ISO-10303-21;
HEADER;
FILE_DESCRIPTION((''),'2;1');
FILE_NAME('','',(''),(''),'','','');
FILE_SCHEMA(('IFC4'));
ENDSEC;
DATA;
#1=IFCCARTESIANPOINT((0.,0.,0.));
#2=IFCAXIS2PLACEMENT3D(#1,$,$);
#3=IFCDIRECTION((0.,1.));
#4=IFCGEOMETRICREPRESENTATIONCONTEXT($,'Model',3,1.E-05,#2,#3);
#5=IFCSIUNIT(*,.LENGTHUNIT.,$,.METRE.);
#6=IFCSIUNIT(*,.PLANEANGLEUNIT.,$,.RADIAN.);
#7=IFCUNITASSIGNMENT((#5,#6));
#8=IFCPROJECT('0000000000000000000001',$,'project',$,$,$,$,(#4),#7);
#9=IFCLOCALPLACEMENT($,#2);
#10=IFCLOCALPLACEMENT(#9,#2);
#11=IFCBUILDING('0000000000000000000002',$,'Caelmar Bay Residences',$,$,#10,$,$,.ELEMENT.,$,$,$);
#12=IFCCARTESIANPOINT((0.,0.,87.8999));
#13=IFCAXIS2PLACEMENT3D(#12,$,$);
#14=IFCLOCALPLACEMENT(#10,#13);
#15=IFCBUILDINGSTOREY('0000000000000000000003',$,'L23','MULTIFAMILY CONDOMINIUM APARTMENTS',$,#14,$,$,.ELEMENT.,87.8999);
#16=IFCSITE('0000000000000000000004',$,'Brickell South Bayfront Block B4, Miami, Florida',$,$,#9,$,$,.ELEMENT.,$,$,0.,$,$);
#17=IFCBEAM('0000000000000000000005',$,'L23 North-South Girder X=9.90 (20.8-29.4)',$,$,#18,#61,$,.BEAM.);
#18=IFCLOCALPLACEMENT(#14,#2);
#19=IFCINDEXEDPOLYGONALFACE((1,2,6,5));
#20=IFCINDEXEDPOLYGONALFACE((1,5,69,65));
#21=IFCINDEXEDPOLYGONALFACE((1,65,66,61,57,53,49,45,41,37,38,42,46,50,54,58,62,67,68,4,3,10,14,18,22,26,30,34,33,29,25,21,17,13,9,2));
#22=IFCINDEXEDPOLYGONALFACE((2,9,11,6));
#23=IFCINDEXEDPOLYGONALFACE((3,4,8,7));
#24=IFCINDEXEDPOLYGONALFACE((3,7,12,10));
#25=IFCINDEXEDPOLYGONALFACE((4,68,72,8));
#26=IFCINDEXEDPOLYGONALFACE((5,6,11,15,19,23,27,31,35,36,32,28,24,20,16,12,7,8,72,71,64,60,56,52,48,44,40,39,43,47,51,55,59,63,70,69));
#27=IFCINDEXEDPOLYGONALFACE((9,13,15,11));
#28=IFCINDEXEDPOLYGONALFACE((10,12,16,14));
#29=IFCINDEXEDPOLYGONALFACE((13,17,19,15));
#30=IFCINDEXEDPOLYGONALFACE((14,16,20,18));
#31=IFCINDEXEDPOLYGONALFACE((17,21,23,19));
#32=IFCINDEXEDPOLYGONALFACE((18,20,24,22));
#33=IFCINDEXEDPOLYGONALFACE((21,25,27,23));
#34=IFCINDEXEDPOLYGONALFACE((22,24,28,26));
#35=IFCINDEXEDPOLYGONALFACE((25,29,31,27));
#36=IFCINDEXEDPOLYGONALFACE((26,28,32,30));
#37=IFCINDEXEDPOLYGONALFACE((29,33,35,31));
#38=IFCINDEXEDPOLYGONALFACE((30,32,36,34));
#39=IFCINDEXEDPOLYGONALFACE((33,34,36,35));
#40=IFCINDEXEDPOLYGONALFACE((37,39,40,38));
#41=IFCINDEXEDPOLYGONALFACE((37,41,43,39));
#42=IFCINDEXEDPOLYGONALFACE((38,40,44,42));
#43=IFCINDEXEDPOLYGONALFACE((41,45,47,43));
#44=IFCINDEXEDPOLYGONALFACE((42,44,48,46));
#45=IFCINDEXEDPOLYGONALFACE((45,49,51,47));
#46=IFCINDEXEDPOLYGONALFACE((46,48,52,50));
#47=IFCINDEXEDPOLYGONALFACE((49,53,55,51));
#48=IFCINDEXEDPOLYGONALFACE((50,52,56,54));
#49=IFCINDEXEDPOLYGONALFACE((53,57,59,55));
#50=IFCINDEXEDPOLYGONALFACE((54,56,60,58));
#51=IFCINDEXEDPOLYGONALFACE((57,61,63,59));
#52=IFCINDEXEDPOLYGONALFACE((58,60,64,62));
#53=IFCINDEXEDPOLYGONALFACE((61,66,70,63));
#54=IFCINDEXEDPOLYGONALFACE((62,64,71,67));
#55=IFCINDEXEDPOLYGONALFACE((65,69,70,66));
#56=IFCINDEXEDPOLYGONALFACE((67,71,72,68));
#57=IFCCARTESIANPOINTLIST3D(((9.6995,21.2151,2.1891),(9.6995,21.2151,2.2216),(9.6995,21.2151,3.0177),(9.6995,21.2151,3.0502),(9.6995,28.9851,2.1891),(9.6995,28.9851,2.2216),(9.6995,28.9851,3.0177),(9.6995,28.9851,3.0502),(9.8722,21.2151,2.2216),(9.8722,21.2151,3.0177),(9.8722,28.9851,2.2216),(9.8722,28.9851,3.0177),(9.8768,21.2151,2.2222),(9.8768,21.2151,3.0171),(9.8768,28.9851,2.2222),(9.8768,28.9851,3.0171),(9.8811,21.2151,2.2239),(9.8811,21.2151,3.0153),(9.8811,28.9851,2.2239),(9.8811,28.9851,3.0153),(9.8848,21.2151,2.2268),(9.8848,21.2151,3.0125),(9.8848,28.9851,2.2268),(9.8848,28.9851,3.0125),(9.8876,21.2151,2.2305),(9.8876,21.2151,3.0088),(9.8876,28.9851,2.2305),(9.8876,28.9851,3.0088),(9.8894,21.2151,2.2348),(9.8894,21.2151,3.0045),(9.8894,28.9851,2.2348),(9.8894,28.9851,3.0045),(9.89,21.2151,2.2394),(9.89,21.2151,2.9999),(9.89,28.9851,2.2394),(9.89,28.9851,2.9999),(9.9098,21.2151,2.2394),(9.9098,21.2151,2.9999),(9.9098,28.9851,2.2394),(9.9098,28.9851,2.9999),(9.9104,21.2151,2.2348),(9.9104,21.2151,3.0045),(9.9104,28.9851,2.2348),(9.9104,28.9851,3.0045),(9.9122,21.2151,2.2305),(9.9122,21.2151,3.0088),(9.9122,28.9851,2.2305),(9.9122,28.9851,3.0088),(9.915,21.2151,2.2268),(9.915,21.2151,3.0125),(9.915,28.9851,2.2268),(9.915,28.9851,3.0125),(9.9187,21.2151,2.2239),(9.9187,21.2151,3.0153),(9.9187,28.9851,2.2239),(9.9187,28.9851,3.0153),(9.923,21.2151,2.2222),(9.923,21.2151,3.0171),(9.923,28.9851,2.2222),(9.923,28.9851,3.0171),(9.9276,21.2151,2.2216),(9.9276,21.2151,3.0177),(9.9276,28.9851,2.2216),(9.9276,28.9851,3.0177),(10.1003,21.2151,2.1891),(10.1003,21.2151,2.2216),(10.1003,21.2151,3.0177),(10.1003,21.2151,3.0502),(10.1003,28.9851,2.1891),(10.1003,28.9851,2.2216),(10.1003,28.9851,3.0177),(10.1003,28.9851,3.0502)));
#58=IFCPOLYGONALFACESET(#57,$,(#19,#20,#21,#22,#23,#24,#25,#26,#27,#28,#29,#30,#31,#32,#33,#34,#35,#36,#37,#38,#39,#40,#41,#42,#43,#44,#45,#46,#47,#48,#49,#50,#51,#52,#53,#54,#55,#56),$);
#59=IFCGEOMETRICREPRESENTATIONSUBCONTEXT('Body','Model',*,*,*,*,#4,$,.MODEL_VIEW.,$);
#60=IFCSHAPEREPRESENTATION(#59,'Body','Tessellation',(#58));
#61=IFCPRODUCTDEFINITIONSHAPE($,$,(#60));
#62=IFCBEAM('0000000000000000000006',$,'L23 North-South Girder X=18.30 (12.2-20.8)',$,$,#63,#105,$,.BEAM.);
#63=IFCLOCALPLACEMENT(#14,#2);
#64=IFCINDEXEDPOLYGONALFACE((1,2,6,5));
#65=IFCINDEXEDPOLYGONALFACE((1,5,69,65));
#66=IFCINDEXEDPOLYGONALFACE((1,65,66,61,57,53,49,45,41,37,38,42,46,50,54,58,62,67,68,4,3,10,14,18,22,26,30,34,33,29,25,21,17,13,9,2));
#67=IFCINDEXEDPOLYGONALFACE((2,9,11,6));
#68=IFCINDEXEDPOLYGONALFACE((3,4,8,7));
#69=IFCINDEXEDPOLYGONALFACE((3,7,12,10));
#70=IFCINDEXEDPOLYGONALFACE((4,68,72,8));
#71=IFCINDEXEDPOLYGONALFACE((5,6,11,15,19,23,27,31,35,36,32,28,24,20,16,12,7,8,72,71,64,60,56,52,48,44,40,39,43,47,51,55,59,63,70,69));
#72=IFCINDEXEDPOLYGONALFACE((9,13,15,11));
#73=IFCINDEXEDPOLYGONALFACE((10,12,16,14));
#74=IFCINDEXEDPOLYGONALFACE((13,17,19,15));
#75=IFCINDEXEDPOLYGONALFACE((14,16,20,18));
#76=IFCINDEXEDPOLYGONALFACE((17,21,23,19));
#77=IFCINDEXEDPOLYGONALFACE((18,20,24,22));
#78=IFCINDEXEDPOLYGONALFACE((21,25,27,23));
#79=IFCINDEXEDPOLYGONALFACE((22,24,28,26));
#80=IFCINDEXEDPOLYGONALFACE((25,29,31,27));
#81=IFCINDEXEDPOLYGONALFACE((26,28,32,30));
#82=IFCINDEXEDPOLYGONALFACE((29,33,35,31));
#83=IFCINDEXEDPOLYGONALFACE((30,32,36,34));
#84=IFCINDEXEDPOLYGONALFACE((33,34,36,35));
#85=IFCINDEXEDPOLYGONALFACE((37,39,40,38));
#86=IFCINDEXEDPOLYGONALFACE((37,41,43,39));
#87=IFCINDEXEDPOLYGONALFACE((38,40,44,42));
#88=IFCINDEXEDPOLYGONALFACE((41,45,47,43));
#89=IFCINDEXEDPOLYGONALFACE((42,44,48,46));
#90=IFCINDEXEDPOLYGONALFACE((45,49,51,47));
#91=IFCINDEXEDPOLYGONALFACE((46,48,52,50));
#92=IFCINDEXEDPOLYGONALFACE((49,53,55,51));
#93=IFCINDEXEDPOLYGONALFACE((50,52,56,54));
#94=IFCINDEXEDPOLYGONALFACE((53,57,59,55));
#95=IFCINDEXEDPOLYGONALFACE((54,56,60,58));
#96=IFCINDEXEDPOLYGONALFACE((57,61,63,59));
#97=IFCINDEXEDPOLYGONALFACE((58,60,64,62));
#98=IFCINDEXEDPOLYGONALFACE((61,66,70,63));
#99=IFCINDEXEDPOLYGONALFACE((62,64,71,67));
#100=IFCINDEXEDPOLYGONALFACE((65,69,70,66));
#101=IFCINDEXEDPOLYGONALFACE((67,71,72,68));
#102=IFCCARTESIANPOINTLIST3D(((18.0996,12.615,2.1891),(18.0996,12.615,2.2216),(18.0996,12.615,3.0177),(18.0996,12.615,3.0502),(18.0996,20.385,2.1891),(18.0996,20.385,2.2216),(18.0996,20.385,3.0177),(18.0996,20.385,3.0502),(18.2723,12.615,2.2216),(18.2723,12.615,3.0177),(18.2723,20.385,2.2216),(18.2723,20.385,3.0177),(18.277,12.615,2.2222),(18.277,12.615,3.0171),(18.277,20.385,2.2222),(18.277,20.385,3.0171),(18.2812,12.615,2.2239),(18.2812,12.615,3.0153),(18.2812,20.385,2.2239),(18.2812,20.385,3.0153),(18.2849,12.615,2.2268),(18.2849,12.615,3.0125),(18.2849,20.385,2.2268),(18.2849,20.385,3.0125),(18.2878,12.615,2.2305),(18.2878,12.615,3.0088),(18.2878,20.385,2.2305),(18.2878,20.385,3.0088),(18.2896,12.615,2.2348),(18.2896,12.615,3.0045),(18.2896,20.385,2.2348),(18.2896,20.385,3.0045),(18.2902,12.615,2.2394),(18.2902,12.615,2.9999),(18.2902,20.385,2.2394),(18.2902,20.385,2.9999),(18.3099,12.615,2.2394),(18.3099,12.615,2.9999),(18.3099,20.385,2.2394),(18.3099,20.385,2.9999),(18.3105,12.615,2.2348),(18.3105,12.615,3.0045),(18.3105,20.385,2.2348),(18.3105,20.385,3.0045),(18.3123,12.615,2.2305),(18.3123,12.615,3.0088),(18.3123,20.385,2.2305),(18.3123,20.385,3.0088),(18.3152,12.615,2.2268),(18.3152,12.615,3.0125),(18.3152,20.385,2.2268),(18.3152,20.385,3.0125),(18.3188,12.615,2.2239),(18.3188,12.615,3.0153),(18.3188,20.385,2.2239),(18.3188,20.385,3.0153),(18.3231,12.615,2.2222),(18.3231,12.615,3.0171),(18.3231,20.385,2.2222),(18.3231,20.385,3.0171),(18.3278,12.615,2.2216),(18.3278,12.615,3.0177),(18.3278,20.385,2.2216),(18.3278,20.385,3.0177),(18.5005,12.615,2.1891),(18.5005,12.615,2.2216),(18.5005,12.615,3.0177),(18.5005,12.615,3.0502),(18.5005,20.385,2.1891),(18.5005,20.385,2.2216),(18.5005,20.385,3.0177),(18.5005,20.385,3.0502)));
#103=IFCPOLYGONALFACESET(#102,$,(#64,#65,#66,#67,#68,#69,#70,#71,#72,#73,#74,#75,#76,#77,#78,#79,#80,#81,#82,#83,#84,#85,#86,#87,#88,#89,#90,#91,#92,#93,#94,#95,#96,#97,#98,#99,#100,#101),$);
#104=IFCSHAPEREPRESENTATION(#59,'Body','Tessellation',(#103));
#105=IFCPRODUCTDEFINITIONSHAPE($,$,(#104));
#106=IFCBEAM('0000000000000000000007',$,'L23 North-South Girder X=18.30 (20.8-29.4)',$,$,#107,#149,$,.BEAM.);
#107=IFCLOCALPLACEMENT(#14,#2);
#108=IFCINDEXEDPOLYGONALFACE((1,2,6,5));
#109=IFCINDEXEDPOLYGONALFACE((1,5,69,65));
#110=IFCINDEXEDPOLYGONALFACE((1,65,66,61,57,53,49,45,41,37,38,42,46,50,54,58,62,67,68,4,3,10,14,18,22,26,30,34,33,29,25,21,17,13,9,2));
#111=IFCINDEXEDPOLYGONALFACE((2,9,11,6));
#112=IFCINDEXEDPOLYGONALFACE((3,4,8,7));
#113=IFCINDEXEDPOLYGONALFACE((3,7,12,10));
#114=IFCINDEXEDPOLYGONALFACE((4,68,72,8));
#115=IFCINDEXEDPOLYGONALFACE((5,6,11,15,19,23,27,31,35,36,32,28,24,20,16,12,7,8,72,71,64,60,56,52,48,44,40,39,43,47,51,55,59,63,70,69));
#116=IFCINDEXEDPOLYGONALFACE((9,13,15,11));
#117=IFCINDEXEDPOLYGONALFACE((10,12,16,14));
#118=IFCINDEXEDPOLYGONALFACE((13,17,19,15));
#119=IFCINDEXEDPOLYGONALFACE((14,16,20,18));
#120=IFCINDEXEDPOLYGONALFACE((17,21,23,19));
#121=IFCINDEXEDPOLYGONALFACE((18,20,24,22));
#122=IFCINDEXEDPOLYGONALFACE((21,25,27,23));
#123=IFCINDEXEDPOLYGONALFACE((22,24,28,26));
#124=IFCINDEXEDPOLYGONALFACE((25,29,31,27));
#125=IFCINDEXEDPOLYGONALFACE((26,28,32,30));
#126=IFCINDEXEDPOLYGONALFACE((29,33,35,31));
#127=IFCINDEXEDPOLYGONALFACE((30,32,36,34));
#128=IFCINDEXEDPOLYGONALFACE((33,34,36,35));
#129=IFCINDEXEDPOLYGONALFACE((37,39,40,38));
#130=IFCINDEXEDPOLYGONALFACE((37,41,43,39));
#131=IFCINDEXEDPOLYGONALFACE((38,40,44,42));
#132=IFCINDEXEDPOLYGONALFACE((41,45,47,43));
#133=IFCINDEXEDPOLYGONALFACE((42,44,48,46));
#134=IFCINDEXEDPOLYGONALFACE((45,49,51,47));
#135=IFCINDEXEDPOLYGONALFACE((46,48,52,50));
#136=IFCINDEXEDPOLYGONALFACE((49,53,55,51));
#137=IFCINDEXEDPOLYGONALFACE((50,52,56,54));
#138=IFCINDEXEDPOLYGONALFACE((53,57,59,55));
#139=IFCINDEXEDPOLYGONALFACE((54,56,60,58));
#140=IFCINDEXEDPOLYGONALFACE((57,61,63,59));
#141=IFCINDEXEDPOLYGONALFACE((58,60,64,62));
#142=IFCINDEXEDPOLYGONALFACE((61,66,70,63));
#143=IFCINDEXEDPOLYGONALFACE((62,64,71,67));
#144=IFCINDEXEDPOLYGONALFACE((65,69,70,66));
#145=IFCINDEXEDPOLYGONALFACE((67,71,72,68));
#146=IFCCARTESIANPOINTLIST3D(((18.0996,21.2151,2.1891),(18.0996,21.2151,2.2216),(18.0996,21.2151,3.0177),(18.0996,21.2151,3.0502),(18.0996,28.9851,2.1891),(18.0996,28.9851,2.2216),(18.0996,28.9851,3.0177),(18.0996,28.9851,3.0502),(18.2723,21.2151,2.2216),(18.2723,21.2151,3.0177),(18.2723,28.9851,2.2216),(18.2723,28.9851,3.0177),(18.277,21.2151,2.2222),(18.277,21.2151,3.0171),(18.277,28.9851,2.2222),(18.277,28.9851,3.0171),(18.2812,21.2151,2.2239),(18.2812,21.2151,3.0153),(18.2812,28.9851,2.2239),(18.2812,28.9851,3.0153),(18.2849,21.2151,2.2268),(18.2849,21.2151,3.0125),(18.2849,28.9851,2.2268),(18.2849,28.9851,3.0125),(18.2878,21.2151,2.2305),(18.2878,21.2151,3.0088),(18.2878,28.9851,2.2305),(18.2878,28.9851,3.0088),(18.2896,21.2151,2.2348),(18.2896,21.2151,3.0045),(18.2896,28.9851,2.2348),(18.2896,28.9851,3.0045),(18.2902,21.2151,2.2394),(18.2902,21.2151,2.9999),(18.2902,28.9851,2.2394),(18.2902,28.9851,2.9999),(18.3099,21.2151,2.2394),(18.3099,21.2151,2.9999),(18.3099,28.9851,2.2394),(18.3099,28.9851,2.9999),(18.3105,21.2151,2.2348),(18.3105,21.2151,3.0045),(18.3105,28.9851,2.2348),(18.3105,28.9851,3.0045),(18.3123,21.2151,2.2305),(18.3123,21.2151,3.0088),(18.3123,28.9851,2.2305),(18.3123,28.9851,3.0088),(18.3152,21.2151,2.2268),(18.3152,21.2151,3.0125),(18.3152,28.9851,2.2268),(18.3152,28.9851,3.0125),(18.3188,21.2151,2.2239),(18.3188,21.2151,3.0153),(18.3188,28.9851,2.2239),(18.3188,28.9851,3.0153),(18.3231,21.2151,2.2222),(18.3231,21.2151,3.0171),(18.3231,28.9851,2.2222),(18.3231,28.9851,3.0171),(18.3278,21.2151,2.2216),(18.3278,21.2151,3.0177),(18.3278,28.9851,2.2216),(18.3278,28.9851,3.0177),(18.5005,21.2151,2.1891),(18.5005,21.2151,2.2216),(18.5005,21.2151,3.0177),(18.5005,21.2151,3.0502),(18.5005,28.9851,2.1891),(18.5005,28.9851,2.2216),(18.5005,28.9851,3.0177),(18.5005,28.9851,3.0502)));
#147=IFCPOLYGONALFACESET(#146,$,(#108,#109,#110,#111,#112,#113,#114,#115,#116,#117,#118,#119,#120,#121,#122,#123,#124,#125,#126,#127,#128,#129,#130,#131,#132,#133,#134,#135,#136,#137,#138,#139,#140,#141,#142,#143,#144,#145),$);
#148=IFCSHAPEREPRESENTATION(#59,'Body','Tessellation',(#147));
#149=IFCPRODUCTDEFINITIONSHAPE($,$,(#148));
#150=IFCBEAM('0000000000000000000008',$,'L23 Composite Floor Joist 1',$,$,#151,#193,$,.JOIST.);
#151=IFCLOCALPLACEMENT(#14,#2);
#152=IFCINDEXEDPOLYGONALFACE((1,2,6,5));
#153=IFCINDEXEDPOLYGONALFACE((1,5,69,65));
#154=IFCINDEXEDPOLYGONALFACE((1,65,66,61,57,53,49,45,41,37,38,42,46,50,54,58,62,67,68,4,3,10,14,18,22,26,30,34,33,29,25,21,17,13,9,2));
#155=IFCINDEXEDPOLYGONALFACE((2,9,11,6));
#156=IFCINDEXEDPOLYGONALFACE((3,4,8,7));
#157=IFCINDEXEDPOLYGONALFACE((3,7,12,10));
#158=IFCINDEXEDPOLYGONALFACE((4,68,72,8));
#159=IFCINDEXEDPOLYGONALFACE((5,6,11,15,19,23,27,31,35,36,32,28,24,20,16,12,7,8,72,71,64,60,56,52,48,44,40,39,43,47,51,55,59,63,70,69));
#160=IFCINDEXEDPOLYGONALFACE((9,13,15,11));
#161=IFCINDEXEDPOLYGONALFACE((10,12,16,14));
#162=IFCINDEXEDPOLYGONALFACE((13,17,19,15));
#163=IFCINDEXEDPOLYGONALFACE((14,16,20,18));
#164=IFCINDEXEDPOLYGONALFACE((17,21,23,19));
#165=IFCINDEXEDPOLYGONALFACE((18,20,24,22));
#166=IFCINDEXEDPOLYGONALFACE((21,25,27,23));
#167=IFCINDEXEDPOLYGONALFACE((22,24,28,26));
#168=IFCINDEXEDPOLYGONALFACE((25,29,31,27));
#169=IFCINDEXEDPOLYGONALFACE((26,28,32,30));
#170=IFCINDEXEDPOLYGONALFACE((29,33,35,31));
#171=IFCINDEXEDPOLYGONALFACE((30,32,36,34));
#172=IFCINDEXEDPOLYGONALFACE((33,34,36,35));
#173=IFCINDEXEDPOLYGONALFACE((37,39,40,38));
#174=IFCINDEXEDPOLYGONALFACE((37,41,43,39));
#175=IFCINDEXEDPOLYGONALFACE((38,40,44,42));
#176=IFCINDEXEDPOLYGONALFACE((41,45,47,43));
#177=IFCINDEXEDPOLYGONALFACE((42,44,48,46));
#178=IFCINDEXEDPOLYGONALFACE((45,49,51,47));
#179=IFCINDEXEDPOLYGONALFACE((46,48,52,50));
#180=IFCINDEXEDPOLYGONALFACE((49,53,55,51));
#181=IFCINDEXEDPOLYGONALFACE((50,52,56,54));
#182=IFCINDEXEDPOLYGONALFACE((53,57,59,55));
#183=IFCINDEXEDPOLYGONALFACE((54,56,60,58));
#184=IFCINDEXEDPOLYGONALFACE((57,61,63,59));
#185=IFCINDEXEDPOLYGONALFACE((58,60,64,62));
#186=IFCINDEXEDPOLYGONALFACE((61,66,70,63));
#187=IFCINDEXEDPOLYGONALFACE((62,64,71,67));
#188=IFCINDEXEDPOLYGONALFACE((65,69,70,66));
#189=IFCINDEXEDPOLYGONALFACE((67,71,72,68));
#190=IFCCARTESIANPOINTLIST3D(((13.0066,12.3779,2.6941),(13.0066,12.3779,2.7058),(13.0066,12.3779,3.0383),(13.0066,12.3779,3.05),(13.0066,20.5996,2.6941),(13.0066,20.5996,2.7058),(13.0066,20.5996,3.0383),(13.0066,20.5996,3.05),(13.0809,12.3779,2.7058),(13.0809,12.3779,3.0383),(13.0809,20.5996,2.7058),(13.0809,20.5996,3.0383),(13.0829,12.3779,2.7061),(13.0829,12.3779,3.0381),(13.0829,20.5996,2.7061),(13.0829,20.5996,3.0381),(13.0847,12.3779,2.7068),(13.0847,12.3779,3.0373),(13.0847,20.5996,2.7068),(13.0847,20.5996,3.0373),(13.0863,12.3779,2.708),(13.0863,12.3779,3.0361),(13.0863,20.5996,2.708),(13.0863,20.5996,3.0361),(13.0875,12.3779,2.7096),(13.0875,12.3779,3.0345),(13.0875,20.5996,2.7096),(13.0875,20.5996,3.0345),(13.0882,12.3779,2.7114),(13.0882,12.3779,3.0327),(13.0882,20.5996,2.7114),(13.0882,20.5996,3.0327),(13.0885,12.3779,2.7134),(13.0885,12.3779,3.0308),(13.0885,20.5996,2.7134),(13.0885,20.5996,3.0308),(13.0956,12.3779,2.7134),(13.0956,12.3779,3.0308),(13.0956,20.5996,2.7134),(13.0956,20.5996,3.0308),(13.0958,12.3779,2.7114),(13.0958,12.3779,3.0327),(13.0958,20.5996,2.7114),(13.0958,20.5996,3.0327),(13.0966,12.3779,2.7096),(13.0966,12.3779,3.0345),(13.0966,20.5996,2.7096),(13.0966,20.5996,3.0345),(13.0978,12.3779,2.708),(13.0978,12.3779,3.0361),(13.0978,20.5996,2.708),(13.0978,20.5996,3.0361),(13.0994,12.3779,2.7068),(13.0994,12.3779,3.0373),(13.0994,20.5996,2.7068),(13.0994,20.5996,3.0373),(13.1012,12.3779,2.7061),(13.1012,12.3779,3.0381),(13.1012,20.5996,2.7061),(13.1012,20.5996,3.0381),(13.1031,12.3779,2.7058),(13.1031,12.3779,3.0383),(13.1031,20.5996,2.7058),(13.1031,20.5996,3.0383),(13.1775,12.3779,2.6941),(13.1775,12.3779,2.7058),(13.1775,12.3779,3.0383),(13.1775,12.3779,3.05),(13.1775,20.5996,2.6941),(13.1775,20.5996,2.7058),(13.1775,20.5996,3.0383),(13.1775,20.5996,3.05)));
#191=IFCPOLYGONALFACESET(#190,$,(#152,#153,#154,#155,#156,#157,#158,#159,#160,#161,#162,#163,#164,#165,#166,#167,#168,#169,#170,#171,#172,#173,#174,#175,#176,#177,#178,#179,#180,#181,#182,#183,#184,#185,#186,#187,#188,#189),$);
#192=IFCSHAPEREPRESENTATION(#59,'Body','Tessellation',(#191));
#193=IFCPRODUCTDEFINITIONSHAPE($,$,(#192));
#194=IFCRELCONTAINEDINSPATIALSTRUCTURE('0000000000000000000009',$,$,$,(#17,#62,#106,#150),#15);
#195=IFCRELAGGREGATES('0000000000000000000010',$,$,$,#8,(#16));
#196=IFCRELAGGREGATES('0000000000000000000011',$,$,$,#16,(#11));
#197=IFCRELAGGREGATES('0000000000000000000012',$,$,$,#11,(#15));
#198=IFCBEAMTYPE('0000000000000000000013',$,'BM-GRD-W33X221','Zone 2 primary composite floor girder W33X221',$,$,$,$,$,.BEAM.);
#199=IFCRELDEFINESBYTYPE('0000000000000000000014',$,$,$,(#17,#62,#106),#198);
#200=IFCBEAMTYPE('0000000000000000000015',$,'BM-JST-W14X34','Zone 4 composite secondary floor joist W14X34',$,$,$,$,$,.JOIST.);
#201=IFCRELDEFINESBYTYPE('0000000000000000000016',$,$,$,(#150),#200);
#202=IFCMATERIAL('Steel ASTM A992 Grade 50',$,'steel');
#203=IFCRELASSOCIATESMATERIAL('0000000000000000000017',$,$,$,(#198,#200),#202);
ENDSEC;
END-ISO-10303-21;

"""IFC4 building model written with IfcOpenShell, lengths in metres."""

from ifc_helpers import new_model, si_unit, direction, frame, origin, origin_2d, place, context, subcontext, project, spatial, i_section, extrude, material, material_profile, profile_set, type_object, element, save


model = new_model("IFC4")

# Units and contexts
model_context = context("Model", 3, precision=1e-05, world=origin(), true_north=direction((0.0, 1.0)))
body_context = subcontext(model_context, "Body", "Model", "MODEL_VIEW")
ifc_project = project(units=[si_unit("LENGTHUNIT", "METRE"), si_unit("PLANEANGLEUNIT", "RADIAN")], contexts=[model_context])

# Site, building, storey
site_placement = place(None, origin())
site = spatial("IfcSite", under=ifc_project, at=site_placement, Name="Brickell South Bayfront Block B4, Miami, Florida", CompositionType="ELEMENT", RefElevation=0.0)
building_placement = place(site_placement, origin())
building = spatial("IfcBuilding", under=site, at=building_placement, Name="Caelmar Bay Residences", CompositionType="ELEMENT")
storey_placement = place(building_placement, frame((0.0, 0.0, 87.8999)))
storey = spatial("IfcBuildingStorey", under=building, at=storey_placement, Name="L23", Description="MULTIFAMILY CONDOMINIUM APARTMENTS", CompositionType="ELEMENT", Elevation=87.8999)

# Beams
ifc_material_1 = material(Name="Steel ASTM A992 Grade 50", Category="steel")
ifc_material_profile_1 = material_profile(ifc_material_1, i_section(OverallWidth=0.4009, OverallDepth=0.8611, WebThickness=0.0198, FlangeThickness=0.0325, FilletRadius=0.0178, at=origin_2d()), Name="W33X221")
ifc_profile_set_1 = profile_set([ifc_material_profile_1], Name="Steel ASTM A992 Grade 50")
beam_type_1 = type_object("IfcBeamType", Name="BM-GRD-W33X221", Description="Zone 2 primary composite floor girder W33X221", PredefinedType="BEAM", material=ifc_profile_set_1)
for number, where, z_axis, x_axis, name in (
    (1, (9.8999, 21.2151, 2.6196), (0.0, 1.0, 0.0), (-1.0, 0.0, 0.0), "L23 North-South Girder X=9.90 (20.8-29.4)"),
    (2, (18.3, 12.615, 2.6196), (0.0, 1.0, 0.0), (-1.0, 0.0, 0.0), "L23 North-South Girder X=18.30 (12.2-20.8)"),
    (3, (18.3, 21.2151, 2.6196), (0.0, 1.0, 0.0), (-1.0, 0.0, 0.0), "L23 North-South Girder X=18.30 (20.8-29.4)"),
):
    element("IfcBeam", number, at=place(storey_placement, frame(where, z_axis=z_axis, x_axis=x_axis)), inside=storey, type_object=beam_type_1, Name=name, PredefinedType="BEAM", context=body_context, shape_type="SweptSolid", body=[
        extrude(i_section(OverallWidth=0.4009, OverallDepth=0.8611, WebThickness=0.0198, FlangeThickness=0.0325, FilletRadius=0.0178, at=origin_2d()), origin(), (0.0, 0.0, 1.0), 7.77),
    ])
ifc_material_profile_2 = material_profile(ifc_material_1, i_section(OverallWidth=0.1709, OverallDepth=0.356, WebThickness=0.0071, FlangeThickness=0.0117, FilletRadius=0.0076, at=origin_2d()), Name="W14X34")
ifc_profile_set_2 = profile_set([ifc_material_profile_2], Name="Steel ASTM A992 Grade 50")
beam_type_2 = type_object("IfcBeamType", Name="BM-JST-W14X34", Description="Zone 4 composite secondary floor joist W14X34", PredefinedType="JOIST", material=ifc_profile_set_2)
beam_1_placement = place(storey_placement, frame((13.092, 12.3779, 2.8721), z_axis=(0.0, 1.0, 0.0), x_axis=(-1.0, 0.0, 0.0)))
element("IfcBeam", 4, at=beam_1_placement, inside=storey, type_object=beam_type_2, Name="L23 Composite Floor Joist 1", PredefinedType="JOIST", context=body_context, shape_type="SweptSolid", body=[
    extrude(i_section(OverallWidth=0.1709, OverallDepth=0.356, WebThickness=0.0071, FlangeThickness=0.0117, FilletRadius=0.0076, at=origin_2d()), origin(), (0.0, 0.0, 1.0), 8.2217),
])

save(model, "model.ifc")
